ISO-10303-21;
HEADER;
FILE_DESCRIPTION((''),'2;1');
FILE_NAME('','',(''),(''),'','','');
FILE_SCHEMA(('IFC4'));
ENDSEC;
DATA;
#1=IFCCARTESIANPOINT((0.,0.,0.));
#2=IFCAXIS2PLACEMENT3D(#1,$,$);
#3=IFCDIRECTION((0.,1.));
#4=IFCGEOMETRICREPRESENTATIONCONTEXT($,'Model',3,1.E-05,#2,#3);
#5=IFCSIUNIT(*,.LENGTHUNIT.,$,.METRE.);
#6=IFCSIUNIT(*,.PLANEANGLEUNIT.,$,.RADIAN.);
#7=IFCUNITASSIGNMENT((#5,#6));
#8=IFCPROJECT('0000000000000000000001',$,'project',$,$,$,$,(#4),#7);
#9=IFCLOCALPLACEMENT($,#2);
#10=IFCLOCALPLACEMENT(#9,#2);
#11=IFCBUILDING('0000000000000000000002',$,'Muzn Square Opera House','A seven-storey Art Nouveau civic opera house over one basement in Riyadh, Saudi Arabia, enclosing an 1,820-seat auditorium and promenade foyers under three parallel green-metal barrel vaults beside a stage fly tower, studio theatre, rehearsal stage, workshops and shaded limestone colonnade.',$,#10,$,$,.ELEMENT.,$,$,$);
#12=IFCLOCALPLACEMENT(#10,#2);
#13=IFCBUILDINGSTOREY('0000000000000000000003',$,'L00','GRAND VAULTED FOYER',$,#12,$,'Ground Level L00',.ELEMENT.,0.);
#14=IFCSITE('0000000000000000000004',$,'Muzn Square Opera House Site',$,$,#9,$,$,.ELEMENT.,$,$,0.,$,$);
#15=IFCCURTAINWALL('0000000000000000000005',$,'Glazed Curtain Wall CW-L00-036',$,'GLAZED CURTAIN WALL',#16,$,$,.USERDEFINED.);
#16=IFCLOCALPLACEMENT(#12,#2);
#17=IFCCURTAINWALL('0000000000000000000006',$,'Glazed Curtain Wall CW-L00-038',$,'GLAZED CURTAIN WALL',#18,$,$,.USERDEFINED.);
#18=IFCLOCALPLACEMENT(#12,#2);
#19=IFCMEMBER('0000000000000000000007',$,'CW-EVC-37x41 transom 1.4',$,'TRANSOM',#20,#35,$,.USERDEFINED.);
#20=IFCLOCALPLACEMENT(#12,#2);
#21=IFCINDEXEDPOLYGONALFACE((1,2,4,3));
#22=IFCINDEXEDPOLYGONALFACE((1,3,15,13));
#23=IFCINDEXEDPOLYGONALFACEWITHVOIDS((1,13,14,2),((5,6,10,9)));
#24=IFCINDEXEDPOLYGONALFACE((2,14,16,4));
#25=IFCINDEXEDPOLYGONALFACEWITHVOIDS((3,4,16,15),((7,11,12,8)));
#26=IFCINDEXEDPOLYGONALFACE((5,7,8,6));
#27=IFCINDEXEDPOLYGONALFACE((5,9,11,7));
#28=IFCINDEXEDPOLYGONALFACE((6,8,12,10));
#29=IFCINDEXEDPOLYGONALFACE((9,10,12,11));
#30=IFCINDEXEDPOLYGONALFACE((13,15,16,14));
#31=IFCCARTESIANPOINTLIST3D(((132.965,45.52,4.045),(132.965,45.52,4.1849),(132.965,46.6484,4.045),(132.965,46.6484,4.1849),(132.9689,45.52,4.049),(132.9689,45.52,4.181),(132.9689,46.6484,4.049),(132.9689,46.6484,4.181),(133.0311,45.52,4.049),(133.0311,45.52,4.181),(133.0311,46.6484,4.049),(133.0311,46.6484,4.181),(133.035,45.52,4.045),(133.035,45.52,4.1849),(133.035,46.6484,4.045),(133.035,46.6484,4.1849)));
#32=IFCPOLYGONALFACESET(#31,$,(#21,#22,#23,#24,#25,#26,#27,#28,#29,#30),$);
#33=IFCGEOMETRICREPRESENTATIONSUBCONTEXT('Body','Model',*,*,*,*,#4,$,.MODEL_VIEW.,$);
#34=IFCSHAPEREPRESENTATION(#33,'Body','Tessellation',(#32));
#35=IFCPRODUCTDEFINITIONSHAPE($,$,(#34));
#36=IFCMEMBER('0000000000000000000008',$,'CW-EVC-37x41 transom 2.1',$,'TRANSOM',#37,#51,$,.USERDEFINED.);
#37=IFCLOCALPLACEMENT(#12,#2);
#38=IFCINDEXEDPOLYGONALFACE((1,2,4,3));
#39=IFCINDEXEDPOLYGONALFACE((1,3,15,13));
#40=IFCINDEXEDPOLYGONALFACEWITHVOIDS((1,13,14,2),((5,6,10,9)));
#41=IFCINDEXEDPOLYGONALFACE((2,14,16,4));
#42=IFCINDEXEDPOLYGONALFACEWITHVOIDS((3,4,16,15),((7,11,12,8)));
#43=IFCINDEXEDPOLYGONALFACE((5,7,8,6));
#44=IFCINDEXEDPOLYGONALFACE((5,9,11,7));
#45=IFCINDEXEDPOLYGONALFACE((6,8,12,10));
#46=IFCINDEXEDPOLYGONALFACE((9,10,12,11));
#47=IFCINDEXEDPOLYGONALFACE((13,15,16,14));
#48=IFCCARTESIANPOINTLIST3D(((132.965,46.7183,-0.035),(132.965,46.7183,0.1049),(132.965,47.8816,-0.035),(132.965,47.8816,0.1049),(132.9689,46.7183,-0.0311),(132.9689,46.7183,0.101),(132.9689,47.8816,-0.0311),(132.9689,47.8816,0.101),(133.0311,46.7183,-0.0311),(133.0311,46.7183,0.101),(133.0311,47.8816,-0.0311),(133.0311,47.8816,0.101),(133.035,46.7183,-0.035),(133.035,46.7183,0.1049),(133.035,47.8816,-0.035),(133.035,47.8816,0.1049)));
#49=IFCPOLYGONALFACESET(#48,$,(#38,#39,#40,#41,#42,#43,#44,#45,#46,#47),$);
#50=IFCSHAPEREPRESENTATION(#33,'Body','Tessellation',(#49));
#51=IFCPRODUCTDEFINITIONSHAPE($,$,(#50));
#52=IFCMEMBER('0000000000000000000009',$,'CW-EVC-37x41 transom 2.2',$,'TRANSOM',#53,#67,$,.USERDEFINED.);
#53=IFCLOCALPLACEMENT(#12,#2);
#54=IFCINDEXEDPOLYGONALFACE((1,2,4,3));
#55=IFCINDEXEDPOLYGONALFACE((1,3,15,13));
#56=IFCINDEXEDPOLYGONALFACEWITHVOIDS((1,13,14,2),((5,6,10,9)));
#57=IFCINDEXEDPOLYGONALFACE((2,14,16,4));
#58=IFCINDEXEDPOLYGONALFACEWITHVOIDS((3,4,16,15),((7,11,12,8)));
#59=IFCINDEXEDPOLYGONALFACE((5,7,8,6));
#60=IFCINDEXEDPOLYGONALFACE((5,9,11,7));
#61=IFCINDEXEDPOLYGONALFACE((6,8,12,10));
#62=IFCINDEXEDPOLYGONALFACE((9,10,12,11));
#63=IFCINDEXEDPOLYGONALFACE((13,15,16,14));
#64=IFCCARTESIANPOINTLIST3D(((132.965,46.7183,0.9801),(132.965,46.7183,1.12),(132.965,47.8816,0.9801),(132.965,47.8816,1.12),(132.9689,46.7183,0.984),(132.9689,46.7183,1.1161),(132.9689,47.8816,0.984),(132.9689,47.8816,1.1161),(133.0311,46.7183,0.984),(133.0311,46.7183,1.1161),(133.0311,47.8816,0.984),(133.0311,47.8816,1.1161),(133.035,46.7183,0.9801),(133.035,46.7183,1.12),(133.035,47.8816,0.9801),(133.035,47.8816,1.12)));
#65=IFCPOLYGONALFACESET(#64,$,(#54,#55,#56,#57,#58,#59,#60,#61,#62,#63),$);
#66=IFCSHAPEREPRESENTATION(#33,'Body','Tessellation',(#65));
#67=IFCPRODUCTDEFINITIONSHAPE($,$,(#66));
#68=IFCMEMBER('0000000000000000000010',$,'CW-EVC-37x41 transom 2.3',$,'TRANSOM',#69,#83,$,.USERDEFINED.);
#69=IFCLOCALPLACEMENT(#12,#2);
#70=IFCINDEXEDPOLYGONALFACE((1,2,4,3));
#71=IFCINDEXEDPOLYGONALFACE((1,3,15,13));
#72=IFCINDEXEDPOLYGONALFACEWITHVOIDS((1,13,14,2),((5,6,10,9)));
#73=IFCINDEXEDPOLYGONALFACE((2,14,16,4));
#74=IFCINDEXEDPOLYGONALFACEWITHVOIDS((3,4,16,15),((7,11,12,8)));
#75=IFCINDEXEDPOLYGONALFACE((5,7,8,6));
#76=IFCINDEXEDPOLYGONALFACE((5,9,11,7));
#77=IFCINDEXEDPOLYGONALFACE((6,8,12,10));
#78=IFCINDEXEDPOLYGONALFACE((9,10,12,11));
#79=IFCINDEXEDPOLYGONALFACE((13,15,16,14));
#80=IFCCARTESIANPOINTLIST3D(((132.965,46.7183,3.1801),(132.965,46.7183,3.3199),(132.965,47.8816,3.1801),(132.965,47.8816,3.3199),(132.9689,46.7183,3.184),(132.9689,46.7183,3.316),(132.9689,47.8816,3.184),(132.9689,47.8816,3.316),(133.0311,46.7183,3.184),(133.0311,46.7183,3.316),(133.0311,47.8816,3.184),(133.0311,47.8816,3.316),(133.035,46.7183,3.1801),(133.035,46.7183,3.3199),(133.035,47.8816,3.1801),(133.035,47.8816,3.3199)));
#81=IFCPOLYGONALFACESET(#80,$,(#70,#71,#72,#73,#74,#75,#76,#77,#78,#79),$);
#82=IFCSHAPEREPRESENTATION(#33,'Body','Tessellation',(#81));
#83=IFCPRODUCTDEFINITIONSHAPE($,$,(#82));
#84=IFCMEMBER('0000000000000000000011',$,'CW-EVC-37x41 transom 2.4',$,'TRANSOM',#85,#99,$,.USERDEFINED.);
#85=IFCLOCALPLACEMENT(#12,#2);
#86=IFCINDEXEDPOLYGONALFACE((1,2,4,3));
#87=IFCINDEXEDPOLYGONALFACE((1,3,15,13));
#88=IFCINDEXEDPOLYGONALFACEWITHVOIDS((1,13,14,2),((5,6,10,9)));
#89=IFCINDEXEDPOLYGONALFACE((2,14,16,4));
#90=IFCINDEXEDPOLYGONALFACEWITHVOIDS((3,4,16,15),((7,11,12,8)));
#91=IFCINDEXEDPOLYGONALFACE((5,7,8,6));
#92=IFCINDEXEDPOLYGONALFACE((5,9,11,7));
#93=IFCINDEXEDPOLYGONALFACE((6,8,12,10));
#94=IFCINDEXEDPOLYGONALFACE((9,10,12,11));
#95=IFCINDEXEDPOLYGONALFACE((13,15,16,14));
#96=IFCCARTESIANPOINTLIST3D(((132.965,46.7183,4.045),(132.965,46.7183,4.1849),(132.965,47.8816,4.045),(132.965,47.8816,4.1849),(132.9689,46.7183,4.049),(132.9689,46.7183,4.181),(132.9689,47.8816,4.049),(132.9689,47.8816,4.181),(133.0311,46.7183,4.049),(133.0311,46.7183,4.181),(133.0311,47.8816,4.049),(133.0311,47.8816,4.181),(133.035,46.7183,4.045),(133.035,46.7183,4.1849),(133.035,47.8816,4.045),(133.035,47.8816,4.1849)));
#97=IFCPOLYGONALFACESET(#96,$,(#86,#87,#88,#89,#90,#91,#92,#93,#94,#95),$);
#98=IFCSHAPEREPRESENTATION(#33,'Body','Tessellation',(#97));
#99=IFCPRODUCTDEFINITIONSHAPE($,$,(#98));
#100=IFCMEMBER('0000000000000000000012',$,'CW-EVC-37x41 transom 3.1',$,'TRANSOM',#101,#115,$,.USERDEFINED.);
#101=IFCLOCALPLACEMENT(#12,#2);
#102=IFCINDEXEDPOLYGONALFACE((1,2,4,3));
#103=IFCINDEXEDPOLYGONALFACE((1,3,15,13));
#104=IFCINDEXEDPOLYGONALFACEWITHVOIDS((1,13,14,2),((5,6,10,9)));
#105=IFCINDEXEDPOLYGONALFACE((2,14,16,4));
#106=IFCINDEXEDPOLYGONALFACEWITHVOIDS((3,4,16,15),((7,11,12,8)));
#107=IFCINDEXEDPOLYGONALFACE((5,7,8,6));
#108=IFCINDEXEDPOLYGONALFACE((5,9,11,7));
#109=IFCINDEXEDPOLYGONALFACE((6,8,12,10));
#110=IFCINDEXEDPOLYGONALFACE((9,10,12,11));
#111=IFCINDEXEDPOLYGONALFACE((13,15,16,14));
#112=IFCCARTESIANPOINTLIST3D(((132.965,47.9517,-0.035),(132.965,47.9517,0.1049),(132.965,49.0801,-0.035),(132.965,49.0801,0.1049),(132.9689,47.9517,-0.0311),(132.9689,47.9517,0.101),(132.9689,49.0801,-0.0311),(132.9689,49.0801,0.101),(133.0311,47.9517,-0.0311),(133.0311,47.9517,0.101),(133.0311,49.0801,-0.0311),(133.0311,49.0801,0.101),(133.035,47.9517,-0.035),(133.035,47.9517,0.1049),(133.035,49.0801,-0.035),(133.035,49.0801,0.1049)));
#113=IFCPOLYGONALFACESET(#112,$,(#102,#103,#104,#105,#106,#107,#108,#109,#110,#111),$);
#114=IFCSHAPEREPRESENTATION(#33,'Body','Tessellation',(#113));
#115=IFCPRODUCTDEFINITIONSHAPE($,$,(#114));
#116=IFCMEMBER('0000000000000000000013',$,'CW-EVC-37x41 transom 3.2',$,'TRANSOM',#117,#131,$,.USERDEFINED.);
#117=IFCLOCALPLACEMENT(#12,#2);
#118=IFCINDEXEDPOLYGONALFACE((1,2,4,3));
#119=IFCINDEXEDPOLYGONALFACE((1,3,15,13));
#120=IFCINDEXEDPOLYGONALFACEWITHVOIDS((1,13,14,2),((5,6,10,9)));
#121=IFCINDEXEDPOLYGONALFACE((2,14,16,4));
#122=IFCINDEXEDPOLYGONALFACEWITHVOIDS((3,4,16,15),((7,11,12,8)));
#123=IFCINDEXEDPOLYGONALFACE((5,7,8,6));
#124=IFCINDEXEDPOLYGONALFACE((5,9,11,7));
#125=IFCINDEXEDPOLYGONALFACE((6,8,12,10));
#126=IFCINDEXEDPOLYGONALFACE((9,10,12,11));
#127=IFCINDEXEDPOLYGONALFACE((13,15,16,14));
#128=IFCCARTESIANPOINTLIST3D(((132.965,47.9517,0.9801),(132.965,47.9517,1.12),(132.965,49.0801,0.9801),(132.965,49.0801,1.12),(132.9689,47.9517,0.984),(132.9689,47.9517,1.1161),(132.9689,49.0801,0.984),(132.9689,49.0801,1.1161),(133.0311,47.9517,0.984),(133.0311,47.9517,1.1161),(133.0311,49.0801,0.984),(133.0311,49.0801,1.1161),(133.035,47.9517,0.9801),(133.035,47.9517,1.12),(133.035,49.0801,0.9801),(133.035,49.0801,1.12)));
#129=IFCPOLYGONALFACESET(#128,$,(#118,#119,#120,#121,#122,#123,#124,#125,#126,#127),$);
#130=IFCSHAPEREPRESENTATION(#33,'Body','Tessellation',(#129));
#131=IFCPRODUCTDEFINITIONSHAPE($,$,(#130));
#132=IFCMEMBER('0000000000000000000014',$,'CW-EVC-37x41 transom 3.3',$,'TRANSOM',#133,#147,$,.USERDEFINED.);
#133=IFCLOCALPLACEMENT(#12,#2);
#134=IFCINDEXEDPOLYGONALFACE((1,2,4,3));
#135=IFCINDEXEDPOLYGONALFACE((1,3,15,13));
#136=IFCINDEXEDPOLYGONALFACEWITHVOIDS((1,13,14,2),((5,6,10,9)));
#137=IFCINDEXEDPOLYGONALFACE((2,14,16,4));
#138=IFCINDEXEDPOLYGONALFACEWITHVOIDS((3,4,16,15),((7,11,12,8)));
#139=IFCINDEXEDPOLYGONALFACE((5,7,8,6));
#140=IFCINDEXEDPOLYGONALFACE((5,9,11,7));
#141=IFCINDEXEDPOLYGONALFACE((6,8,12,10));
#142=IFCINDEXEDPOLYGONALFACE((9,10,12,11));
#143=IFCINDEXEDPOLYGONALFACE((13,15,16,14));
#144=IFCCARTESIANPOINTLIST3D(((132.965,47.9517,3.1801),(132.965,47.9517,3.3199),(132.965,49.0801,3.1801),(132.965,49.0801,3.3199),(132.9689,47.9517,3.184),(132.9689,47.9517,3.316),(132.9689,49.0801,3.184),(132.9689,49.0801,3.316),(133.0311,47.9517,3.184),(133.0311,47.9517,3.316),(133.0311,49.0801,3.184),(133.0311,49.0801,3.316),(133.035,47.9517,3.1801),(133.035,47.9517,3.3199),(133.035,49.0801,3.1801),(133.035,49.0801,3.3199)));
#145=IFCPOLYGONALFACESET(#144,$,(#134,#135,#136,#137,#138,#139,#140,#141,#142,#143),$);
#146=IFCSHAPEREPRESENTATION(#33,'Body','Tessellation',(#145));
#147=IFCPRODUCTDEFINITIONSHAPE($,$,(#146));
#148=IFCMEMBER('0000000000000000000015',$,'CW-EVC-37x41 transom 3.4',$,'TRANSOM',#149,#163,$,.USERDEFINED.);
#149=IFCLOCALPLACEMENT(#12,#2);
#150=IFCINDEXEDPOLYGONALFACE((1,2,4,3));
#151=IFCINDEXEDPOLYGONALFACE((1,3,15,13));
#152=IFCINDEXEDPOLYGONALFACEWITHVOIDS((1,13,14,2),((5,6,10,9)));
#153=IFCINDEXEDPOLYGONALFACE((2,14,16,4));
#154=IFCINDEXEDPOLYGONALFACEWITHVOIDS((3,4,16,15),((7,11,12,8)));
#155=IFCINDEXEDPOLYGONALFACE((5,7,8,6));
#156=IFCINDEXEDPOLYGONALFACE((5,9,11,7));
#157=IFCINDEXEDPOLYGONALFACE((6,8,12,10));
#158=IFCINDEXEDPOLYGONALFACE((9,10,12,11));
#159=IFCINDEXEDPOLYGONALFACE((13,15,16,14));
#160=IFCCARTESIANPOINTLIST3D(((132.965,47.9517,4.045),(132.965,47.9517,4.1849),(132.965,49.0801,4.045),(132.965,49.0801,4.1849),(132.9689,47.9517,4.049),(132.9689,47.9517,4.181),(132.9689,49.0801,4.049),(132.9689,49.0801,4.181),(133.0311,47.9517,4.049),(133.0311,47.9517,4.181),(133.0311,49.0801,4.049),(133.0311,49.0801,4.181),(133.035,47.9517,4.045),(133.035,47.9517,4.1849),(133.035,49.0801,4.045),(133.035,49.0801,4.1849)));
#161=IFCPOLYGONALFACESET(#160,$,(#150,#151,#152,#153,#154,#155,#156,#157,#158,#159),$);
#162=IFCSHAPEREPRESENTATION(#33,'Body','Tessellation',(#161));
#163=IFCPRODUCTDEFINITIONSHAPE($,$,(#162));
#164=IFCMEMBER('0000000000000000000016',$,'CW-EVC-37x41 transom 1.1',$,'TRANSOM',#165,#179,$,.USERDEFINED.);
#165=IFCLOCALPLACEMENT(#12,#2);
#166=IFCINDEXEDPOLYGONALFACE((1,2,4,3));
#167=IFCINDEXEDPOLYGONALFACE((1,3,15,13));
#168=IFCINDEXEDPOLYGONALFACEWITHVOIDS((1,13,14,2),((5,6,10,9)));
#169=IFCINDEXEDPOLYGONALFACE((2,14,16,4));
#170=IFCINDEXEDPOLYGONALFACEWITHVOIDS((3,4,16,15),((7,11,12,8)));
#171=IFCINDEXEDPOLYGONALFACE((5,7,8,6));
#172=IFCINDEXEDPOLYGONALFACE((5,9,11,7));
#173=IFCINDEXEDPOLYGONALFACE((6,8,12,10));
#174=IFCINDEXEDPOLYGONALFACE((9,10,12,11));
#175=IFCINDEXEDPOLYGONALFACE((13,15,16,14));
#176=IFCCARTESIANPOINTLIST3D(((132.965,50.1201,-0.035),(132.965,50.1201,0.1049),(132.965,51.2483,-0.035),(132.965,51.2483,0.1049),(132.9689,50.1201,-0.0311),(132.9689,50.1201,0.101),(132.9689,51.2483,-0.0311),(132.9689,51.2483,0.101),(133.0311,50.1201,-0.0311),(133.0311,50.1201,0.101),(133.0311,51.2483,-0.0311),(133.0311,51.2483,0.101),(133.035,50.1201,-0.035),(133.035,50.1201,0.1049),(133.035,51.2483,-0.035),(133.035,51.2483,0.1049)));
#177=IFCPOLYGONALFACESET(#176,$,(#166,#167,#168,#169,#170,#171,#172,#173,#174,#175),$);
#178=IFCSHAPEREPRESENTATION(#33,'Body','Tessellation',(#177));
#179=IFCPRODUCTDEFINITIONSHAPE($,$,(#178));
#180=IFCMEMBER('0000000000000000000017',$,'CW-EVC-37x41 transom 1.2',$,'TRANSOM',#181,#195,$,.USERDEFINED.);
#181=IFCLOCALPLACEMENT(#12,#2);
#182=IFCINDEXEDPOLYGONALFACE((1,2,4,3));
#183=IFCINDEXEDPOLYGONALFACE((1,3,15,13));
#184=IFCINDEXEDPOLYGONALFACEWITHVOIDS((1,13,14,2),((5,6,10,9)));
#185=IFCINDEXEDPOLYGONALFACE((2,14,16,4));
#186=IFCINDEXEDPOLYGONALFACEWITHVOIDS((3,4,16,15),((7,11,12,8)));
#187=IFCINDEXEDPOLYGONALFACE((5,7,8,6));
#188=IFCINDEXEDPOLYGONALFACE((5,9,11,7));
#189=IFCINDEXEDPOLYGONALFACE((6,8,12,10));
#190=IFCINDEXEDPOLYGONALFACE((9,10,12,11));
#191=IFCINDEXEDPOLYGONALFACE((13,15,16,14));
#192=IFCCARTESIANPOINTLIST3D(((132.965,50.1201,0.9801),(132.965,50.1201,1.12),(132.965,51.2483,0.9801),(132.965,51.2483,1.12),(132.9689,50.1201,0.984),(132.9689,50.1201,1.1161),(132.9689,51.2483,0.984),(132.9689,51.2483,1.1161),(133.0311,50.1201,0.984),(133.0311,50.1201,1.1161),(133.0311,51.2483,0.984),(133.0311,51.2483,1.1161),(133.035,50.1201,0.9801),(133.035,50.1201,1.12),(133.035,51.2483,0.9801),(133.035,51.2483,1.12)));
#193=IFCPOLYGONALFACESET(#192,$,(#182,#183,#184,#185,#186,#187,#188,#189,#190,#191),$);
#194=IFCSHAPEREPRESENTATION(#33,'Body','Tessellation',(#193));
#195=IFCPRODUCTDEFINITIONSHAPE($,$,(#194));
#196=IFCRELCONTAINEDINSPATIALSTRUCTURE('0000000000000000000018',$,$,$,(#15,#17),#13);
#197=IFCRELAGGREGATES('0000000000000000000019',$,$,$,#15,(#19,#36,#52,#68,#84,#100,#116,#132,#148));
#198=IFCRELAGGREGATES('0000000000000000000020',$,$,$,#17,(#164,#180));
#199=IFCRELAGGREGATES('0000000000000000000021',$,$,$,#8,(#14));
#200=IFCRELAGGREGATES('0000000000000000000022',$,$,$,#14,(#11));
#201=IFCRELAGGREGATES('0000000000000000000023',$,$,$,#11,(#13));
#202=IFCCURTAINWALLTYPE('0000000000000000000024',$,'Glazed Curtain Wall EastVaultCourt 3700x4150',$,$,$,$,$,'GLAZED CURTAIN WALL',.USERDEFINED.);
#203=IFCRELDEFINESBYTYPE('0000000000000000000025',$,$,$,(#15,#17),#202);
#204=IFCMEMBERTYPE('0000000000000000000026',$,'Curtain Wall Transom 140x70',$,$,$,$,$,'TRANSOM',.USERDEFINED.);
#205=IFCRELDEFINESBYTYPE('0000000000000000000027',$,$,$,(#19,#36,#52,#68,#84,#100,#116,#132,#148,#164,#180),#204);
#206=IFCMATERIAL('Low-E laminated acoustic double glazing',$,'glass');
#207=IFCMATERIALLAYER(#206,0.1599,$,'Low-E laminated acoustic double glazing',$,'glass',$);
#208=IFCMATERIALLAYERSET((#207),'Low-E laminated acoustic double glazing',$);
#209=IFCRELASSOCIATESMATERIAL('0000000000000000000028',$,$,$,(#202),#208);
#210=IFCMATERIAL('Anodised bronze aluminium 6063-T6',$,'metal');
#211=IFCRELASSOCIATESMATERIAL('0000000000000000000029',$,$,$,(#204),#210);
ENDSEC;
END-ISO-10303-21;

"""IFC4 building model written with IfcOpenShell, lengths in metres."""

from ifc_helpers import new_model, si_unit, direction, frame, origin, origin_2d, place, context, subcontext, project, spatial, hollow_rectangle, extrude, material, layer, layer_set, material_profile, profile_set, type_object, element, aggregate, save


model = new_model("IFC4")

# Units and contexts
model_context = context("Model", 3, precision=1e-05, world=origin(), true_north=direction((0.0, 1.0)))
body_context = subcontext(model_context, "Body", "Model", "MODEL_VIEW")
ifc_project = project(units=[si_unit("LENGTHUNIT", "METRE"), si_unit("PLANEANGLEUNIT", "RADIAN")], contexts=[model_context])

# Site, building, storey
site_placement = place(None, origin())
site = spatial("IfcSite", under=ifc_project, at=site_placement, Name="Muzn Square Opera House Site", CompositionType="ELEMENT", RefElevation=0.0)
building_placement = place(site_placement, origin())
building = spatial("IfcBuilding", under=site, at=building_placement, Name="Muzn Square Opera House", Description="A seven-storey Art Nouveau civic opera house over one basement in Riyadh, Saudi Arabia, enclosing an 1,820-seat auditorium and promenade foyers under three parallel green-metal barrel vaults beside a stage fly tower, studio theatre, rehearsal stage, workshops and shaded limestone colonnade.", CompositionType="ELEMENT")
storey_placement = place(building_placement, origin())
storey = spatial("IfcBuildingStorey", under=building, at=storey_placement, Name="L00", Description="GRAND VAULTED FOYER", LongName="Ground Level L00", CompositionType="ELEMENT", Elevation=0.0)

# Shared definitions
ifc_material_1 = material(Name="Low-E laminated acoustic double glazing", Category="glass")
ifc_layer_1 = layer(ifc_material_1, 0.1599, Name="Low-E laminated acoustic double glazing", Category="glass")
ifc_layer_set_1 = layer_set([ifc_layer_1], Name="Low-E laminated acoustic double glazing")
curtain_wall_type = type_object("IfcCurtainWallType", Name="Glazed Curtain Wall EastVaultCourt 3700x4150", ElementType="GLAZED CURTAIN WALL", PredefinedType="USERDEFINED", material=ifc_layer_set_1)
ifc_material_2 = material(Name="Anodised bronze aluminium 6063-T6", Category="metal")

# Curtain wall
curtain_wall_1_placement = place(storey_placement, origin())
curtain_wall_1 = element("IfcCurtainWall", 1, at=curtain_wall_1_placement, inside=storey, type_object=curtain_wall_type, Name="Glazed Curtain Wall CW-L00-036", ObjectType="GLAZED CURTAIN WALL", PredefinedType="USERDEFINED")

# Curtain wall
curtain_wall_2_placement = place(storey_placement, origin())
curtain_wall_2 = element("IfcCurtainWall", 2, at=curtain_wall_2_placement, inside=storey, type_object=curtain_wall_type, Name="Glazed Curtain Wall CW-L00-038", ObjectType="GLAZED CURTAIN WALL", PredefinedType="USERDEFINED")

# Members
ifc_material_profile_1 = material_profile(ifc_material_2, hollow_rectangle(XDim=0.0701, YDim=0.1399, WallThickness=0.0039, at=origin_2d()), Name="ALU 140x70x4", Category="metal")
ifc_profile_set_1 = profile_set([ifc_material_profile_1], Name="Anodised bronze aluminium 6063-T6")
member_type_1 = type_object("IfcMemberType", Name="Curtain Wall Transom 140x70", ElementType="TRANSOM", PredefinedType="USERDEFINED", material=ifc_profile_set_1)
member_1_placement = place(storey_placement, frame((133.0, 45.52, 4.115), z_axis=(0.0, 1.0, 0.0), x_axis=(-1.0, 0.0, 0.0)))
member_1 = element("IfcMember", 3, at=member_1_placement, type_object=member_type_1, Name="CW-EVC-37x41 transom 1.4", ObjectType="TRANSOM", PredefinedType="USERDEFINED", context=body_context, shape_type="SweptSolid", body=[
    extrude(hollow_rectangle(XDim=0.0701, YDim=0.1399, WallThickness=0.0039, at=origin_2d()), origin(), (0.0, 0.0, 1.0), 1.1284),
])
member_2_placement = place(storey_placement, frame((133.0, 46.7183, 0.0349), z_axis=(0.0, 1.0, 0.0), x_axis=(-1.0, 0.0, 0.0)))
member_2 = element("IfcMember", 4, at=member_2_placement, type_object=member_type_1, Name="CW-EVC-37x41 transom 2.1", ObjectType="TRANSOM", PredefinedType="USERDEFINED", context=body_context, shape_type="SweptSolid", body=[
    extrude(hollow_rectangle(XDim=0.0701, YDim=0.1399, WallThickness=0.0039, at=origin_2d()), origin(), (0.0, 0.0, 1.0), 1.1633),
])
member_3_placement = place(storey_placement, frame((133.0, 46.7183, 1.05), z_axis=(0.0, 1.0, 0.0), x_axis=(-1.0, 0.0, 0.0)))
member_3 = element("IfcMember", 5, at=member_3_placement, type_object=member_type_1, Name="CW-EVC-37x41 transom 2.2", ObjectType="TRANSOM", PredefinedType="USERDEFINED", context=body_context, shape_type="SweptSolid", body=[
    extrude(hollow_rectangle(XDim=0.0701, YDim=0.1399, WallThickness=0.0039, at=origin_2d()), origin(), (0.0, 0.0, 1.0), 1.1633),
])
member_4_placement = place(storey_placement, frame((133.0, 46.7183, 3.25), z_axis=(0.0, 1.0, 0.0), x_axis=(-1.0, 0.0, 0.0)))
member_4 = element("IfcMember", 6, at=member_4_placement, type_object=member_type_1, Name="CW-EVC-37x41 transom 2.3", ObjectType="TRANSOM", PredefinedType="USERDEFINED", context=body_context, shape_type="SweptSolid", body=[
    extrude(hollow_rectangle(XDim=0.0701, YDim=0.1399, WallThickness=0.0039, at=origin_2d()), origin(), (0.0, 0.0, 1.0), 1.1633),
])
member_5_placement = place(storey_placement, frame((133.0, 46.7183, 4.115), z_axis=(0.0, 1.0, 0.0), x_axis=(-1.0, 0.0, 0.0)))
member_5 = element("IfcMember", 7, at=member_5_placement, type_object=member_type_1, Name="CW-EVC-37x41 transom 2.4", ObjectType="TRANSOM", PredefinedType="USERDEFINED", context=body_context, shape_type="SweptSolid", body=[
    extrude(hollow_rectangle(XDim=0.0701, YDim=0.1399, WallThickness=0.0039, at=origin_2d()), origin(), (0.0, 0.0, 1.0), 1.1633),
])
member_6_placement = place(storey_placement, frame((133.0, 47.9517, 0.0349), z_axis=(0.0, 1.0, 0.0), x_axis=(-1.0, 0.0, 0.0)))
member_6 = element("IfcMember", 8, at=member_6_placement, type_object=member_type_1, Name="CW-EVC-37x41 transom 3.1", ObjectType="TRANSOM", PredefinedType="USERDEFINED", context=body_context, shape_type="SweptSolid", body=[
    extrude(hollow_rectangle(XDim=0.0701, YDim=0.1399, WallThickness=0.0039, at=origin_2d()), origin(), (0.0, 0.0, 1.0), 1.1284),
])
member_7_placement = place(storey_placement, frame((133.0, 47.9517, 1.05), z_axis=(0.0, 1.0, 0.0), x_axis=(-1.0, 0.0, 0.0)))
member_7 = element("IfcMember", 9, at=member_7_placement, type_object=member_type_1, Name="CW-EVC-37x41 transom 3.2", ObjectType="TRANSOM", PredefinedType="USERDEFINED", context=body_context, shape_type="SweptSolid", body=[
    extrude(hollow_rectangle(XDim=0.0701, YDim=0.1399, WallThickness=0.0039, at=origin_2d()), origin(), (0.0, 0.0, 1.0), 1.1284),
])
member_8_placement = place(storey_placement, frame((133.0, 47.9517, 3.25), z_axis=(0.0, 1.0, 0.0), x_axis=(-1.0, 0.0, 0.0)))
member_8 = element("IfcMember", 10, at=member_8_placement, type_object=member_type_1, Name="CW-EVC-37x41 transom 3.3", ObjectType="TRANSOM", PredefinedType="USERDEFINED", context=body_context, shape_type="SweptSolid", body=[
    extrude(hollow_rectangle(XDim=0.0701, YDim=0.1399, WallThickness=0.0039, at=origin_2d()), origin(), (0.0, 0.0, 1.0), 1.1284),
])
member_9_placement = place(storey_placement, frame((133.0, 47.9517, 4.115), z_axis=(0.0, 1.0, 0.0), x_axis=(-1.0, 0.0, 0.0)))
member_9 = element("IfcMember", 11, at=member_9_placement, type_object=member_type_1, Name="CW-EVC-37x41 transom 3.4", ObjectType="TRANSOM", PredefinedType="USERDEFINED", context=body_context, shape_type="SweptSolid", body=[
    extrude(hollow_rectangle(XDim=0.0701, YDim=0.1399, WallThickness=0.0039, at=origin_2d()), origin(), (0.0, 0.0, 1.0), 1.1284),
])
member_10_placement = place(storey_placement, frame((133.0, 50.1201, 0.0349), z_axis=(0.0, 1.0, 0.0), x_axis=(-1.0, 0.0, 0.0)))
member_10 = element("IfcMember", 12, at=member_10_placement, type_object=member_type_1, Name="CW-EVC-37x41 transom 1.1", ObjectType="TRANSOM", PredefinedType="USERDEFINED", context=body_context, shape_type="SweptSolid", body=[
    extrude(hollow_rectangle(XDim=0.0701, YDim=0.1399, WallThickness=0.0039, at=origin_2d()), origin(), (0.0, 0.0, 1.0), 1.1282),
])
member_11_placement = place(storey_placement, frame((133.0, 50.1201, 1.05), z_axis=(0.0, 1.0, 0.0), x_axis=(-1.0, 0.0, 0.0)))
member_11 = element("IfcMember", 13, at=member_11_placement, type_object=member_type_1, Name="CW-EVC-37x41 transom 1.2", ObjectType="TRANSOM", PredefinedType="USERDEFINED", context=body_context, shape_type="SweptSolid", body=[
    extrude(hollow_rectangle(XDim=0.0701, YDim=0.1399, WallThickness=0.0039, at=origin_2d()), origin(), (0.0, 0.0, 1.0), 1.1282),
])

aggregate(curtain_wall_1, [member_1, member_2, member_3, member_4, member_5, member_6, member_7, member_8, member_9])
aggregate(curtain_wall_2, [member_10, member_11])

save(model, "model.ifc")
